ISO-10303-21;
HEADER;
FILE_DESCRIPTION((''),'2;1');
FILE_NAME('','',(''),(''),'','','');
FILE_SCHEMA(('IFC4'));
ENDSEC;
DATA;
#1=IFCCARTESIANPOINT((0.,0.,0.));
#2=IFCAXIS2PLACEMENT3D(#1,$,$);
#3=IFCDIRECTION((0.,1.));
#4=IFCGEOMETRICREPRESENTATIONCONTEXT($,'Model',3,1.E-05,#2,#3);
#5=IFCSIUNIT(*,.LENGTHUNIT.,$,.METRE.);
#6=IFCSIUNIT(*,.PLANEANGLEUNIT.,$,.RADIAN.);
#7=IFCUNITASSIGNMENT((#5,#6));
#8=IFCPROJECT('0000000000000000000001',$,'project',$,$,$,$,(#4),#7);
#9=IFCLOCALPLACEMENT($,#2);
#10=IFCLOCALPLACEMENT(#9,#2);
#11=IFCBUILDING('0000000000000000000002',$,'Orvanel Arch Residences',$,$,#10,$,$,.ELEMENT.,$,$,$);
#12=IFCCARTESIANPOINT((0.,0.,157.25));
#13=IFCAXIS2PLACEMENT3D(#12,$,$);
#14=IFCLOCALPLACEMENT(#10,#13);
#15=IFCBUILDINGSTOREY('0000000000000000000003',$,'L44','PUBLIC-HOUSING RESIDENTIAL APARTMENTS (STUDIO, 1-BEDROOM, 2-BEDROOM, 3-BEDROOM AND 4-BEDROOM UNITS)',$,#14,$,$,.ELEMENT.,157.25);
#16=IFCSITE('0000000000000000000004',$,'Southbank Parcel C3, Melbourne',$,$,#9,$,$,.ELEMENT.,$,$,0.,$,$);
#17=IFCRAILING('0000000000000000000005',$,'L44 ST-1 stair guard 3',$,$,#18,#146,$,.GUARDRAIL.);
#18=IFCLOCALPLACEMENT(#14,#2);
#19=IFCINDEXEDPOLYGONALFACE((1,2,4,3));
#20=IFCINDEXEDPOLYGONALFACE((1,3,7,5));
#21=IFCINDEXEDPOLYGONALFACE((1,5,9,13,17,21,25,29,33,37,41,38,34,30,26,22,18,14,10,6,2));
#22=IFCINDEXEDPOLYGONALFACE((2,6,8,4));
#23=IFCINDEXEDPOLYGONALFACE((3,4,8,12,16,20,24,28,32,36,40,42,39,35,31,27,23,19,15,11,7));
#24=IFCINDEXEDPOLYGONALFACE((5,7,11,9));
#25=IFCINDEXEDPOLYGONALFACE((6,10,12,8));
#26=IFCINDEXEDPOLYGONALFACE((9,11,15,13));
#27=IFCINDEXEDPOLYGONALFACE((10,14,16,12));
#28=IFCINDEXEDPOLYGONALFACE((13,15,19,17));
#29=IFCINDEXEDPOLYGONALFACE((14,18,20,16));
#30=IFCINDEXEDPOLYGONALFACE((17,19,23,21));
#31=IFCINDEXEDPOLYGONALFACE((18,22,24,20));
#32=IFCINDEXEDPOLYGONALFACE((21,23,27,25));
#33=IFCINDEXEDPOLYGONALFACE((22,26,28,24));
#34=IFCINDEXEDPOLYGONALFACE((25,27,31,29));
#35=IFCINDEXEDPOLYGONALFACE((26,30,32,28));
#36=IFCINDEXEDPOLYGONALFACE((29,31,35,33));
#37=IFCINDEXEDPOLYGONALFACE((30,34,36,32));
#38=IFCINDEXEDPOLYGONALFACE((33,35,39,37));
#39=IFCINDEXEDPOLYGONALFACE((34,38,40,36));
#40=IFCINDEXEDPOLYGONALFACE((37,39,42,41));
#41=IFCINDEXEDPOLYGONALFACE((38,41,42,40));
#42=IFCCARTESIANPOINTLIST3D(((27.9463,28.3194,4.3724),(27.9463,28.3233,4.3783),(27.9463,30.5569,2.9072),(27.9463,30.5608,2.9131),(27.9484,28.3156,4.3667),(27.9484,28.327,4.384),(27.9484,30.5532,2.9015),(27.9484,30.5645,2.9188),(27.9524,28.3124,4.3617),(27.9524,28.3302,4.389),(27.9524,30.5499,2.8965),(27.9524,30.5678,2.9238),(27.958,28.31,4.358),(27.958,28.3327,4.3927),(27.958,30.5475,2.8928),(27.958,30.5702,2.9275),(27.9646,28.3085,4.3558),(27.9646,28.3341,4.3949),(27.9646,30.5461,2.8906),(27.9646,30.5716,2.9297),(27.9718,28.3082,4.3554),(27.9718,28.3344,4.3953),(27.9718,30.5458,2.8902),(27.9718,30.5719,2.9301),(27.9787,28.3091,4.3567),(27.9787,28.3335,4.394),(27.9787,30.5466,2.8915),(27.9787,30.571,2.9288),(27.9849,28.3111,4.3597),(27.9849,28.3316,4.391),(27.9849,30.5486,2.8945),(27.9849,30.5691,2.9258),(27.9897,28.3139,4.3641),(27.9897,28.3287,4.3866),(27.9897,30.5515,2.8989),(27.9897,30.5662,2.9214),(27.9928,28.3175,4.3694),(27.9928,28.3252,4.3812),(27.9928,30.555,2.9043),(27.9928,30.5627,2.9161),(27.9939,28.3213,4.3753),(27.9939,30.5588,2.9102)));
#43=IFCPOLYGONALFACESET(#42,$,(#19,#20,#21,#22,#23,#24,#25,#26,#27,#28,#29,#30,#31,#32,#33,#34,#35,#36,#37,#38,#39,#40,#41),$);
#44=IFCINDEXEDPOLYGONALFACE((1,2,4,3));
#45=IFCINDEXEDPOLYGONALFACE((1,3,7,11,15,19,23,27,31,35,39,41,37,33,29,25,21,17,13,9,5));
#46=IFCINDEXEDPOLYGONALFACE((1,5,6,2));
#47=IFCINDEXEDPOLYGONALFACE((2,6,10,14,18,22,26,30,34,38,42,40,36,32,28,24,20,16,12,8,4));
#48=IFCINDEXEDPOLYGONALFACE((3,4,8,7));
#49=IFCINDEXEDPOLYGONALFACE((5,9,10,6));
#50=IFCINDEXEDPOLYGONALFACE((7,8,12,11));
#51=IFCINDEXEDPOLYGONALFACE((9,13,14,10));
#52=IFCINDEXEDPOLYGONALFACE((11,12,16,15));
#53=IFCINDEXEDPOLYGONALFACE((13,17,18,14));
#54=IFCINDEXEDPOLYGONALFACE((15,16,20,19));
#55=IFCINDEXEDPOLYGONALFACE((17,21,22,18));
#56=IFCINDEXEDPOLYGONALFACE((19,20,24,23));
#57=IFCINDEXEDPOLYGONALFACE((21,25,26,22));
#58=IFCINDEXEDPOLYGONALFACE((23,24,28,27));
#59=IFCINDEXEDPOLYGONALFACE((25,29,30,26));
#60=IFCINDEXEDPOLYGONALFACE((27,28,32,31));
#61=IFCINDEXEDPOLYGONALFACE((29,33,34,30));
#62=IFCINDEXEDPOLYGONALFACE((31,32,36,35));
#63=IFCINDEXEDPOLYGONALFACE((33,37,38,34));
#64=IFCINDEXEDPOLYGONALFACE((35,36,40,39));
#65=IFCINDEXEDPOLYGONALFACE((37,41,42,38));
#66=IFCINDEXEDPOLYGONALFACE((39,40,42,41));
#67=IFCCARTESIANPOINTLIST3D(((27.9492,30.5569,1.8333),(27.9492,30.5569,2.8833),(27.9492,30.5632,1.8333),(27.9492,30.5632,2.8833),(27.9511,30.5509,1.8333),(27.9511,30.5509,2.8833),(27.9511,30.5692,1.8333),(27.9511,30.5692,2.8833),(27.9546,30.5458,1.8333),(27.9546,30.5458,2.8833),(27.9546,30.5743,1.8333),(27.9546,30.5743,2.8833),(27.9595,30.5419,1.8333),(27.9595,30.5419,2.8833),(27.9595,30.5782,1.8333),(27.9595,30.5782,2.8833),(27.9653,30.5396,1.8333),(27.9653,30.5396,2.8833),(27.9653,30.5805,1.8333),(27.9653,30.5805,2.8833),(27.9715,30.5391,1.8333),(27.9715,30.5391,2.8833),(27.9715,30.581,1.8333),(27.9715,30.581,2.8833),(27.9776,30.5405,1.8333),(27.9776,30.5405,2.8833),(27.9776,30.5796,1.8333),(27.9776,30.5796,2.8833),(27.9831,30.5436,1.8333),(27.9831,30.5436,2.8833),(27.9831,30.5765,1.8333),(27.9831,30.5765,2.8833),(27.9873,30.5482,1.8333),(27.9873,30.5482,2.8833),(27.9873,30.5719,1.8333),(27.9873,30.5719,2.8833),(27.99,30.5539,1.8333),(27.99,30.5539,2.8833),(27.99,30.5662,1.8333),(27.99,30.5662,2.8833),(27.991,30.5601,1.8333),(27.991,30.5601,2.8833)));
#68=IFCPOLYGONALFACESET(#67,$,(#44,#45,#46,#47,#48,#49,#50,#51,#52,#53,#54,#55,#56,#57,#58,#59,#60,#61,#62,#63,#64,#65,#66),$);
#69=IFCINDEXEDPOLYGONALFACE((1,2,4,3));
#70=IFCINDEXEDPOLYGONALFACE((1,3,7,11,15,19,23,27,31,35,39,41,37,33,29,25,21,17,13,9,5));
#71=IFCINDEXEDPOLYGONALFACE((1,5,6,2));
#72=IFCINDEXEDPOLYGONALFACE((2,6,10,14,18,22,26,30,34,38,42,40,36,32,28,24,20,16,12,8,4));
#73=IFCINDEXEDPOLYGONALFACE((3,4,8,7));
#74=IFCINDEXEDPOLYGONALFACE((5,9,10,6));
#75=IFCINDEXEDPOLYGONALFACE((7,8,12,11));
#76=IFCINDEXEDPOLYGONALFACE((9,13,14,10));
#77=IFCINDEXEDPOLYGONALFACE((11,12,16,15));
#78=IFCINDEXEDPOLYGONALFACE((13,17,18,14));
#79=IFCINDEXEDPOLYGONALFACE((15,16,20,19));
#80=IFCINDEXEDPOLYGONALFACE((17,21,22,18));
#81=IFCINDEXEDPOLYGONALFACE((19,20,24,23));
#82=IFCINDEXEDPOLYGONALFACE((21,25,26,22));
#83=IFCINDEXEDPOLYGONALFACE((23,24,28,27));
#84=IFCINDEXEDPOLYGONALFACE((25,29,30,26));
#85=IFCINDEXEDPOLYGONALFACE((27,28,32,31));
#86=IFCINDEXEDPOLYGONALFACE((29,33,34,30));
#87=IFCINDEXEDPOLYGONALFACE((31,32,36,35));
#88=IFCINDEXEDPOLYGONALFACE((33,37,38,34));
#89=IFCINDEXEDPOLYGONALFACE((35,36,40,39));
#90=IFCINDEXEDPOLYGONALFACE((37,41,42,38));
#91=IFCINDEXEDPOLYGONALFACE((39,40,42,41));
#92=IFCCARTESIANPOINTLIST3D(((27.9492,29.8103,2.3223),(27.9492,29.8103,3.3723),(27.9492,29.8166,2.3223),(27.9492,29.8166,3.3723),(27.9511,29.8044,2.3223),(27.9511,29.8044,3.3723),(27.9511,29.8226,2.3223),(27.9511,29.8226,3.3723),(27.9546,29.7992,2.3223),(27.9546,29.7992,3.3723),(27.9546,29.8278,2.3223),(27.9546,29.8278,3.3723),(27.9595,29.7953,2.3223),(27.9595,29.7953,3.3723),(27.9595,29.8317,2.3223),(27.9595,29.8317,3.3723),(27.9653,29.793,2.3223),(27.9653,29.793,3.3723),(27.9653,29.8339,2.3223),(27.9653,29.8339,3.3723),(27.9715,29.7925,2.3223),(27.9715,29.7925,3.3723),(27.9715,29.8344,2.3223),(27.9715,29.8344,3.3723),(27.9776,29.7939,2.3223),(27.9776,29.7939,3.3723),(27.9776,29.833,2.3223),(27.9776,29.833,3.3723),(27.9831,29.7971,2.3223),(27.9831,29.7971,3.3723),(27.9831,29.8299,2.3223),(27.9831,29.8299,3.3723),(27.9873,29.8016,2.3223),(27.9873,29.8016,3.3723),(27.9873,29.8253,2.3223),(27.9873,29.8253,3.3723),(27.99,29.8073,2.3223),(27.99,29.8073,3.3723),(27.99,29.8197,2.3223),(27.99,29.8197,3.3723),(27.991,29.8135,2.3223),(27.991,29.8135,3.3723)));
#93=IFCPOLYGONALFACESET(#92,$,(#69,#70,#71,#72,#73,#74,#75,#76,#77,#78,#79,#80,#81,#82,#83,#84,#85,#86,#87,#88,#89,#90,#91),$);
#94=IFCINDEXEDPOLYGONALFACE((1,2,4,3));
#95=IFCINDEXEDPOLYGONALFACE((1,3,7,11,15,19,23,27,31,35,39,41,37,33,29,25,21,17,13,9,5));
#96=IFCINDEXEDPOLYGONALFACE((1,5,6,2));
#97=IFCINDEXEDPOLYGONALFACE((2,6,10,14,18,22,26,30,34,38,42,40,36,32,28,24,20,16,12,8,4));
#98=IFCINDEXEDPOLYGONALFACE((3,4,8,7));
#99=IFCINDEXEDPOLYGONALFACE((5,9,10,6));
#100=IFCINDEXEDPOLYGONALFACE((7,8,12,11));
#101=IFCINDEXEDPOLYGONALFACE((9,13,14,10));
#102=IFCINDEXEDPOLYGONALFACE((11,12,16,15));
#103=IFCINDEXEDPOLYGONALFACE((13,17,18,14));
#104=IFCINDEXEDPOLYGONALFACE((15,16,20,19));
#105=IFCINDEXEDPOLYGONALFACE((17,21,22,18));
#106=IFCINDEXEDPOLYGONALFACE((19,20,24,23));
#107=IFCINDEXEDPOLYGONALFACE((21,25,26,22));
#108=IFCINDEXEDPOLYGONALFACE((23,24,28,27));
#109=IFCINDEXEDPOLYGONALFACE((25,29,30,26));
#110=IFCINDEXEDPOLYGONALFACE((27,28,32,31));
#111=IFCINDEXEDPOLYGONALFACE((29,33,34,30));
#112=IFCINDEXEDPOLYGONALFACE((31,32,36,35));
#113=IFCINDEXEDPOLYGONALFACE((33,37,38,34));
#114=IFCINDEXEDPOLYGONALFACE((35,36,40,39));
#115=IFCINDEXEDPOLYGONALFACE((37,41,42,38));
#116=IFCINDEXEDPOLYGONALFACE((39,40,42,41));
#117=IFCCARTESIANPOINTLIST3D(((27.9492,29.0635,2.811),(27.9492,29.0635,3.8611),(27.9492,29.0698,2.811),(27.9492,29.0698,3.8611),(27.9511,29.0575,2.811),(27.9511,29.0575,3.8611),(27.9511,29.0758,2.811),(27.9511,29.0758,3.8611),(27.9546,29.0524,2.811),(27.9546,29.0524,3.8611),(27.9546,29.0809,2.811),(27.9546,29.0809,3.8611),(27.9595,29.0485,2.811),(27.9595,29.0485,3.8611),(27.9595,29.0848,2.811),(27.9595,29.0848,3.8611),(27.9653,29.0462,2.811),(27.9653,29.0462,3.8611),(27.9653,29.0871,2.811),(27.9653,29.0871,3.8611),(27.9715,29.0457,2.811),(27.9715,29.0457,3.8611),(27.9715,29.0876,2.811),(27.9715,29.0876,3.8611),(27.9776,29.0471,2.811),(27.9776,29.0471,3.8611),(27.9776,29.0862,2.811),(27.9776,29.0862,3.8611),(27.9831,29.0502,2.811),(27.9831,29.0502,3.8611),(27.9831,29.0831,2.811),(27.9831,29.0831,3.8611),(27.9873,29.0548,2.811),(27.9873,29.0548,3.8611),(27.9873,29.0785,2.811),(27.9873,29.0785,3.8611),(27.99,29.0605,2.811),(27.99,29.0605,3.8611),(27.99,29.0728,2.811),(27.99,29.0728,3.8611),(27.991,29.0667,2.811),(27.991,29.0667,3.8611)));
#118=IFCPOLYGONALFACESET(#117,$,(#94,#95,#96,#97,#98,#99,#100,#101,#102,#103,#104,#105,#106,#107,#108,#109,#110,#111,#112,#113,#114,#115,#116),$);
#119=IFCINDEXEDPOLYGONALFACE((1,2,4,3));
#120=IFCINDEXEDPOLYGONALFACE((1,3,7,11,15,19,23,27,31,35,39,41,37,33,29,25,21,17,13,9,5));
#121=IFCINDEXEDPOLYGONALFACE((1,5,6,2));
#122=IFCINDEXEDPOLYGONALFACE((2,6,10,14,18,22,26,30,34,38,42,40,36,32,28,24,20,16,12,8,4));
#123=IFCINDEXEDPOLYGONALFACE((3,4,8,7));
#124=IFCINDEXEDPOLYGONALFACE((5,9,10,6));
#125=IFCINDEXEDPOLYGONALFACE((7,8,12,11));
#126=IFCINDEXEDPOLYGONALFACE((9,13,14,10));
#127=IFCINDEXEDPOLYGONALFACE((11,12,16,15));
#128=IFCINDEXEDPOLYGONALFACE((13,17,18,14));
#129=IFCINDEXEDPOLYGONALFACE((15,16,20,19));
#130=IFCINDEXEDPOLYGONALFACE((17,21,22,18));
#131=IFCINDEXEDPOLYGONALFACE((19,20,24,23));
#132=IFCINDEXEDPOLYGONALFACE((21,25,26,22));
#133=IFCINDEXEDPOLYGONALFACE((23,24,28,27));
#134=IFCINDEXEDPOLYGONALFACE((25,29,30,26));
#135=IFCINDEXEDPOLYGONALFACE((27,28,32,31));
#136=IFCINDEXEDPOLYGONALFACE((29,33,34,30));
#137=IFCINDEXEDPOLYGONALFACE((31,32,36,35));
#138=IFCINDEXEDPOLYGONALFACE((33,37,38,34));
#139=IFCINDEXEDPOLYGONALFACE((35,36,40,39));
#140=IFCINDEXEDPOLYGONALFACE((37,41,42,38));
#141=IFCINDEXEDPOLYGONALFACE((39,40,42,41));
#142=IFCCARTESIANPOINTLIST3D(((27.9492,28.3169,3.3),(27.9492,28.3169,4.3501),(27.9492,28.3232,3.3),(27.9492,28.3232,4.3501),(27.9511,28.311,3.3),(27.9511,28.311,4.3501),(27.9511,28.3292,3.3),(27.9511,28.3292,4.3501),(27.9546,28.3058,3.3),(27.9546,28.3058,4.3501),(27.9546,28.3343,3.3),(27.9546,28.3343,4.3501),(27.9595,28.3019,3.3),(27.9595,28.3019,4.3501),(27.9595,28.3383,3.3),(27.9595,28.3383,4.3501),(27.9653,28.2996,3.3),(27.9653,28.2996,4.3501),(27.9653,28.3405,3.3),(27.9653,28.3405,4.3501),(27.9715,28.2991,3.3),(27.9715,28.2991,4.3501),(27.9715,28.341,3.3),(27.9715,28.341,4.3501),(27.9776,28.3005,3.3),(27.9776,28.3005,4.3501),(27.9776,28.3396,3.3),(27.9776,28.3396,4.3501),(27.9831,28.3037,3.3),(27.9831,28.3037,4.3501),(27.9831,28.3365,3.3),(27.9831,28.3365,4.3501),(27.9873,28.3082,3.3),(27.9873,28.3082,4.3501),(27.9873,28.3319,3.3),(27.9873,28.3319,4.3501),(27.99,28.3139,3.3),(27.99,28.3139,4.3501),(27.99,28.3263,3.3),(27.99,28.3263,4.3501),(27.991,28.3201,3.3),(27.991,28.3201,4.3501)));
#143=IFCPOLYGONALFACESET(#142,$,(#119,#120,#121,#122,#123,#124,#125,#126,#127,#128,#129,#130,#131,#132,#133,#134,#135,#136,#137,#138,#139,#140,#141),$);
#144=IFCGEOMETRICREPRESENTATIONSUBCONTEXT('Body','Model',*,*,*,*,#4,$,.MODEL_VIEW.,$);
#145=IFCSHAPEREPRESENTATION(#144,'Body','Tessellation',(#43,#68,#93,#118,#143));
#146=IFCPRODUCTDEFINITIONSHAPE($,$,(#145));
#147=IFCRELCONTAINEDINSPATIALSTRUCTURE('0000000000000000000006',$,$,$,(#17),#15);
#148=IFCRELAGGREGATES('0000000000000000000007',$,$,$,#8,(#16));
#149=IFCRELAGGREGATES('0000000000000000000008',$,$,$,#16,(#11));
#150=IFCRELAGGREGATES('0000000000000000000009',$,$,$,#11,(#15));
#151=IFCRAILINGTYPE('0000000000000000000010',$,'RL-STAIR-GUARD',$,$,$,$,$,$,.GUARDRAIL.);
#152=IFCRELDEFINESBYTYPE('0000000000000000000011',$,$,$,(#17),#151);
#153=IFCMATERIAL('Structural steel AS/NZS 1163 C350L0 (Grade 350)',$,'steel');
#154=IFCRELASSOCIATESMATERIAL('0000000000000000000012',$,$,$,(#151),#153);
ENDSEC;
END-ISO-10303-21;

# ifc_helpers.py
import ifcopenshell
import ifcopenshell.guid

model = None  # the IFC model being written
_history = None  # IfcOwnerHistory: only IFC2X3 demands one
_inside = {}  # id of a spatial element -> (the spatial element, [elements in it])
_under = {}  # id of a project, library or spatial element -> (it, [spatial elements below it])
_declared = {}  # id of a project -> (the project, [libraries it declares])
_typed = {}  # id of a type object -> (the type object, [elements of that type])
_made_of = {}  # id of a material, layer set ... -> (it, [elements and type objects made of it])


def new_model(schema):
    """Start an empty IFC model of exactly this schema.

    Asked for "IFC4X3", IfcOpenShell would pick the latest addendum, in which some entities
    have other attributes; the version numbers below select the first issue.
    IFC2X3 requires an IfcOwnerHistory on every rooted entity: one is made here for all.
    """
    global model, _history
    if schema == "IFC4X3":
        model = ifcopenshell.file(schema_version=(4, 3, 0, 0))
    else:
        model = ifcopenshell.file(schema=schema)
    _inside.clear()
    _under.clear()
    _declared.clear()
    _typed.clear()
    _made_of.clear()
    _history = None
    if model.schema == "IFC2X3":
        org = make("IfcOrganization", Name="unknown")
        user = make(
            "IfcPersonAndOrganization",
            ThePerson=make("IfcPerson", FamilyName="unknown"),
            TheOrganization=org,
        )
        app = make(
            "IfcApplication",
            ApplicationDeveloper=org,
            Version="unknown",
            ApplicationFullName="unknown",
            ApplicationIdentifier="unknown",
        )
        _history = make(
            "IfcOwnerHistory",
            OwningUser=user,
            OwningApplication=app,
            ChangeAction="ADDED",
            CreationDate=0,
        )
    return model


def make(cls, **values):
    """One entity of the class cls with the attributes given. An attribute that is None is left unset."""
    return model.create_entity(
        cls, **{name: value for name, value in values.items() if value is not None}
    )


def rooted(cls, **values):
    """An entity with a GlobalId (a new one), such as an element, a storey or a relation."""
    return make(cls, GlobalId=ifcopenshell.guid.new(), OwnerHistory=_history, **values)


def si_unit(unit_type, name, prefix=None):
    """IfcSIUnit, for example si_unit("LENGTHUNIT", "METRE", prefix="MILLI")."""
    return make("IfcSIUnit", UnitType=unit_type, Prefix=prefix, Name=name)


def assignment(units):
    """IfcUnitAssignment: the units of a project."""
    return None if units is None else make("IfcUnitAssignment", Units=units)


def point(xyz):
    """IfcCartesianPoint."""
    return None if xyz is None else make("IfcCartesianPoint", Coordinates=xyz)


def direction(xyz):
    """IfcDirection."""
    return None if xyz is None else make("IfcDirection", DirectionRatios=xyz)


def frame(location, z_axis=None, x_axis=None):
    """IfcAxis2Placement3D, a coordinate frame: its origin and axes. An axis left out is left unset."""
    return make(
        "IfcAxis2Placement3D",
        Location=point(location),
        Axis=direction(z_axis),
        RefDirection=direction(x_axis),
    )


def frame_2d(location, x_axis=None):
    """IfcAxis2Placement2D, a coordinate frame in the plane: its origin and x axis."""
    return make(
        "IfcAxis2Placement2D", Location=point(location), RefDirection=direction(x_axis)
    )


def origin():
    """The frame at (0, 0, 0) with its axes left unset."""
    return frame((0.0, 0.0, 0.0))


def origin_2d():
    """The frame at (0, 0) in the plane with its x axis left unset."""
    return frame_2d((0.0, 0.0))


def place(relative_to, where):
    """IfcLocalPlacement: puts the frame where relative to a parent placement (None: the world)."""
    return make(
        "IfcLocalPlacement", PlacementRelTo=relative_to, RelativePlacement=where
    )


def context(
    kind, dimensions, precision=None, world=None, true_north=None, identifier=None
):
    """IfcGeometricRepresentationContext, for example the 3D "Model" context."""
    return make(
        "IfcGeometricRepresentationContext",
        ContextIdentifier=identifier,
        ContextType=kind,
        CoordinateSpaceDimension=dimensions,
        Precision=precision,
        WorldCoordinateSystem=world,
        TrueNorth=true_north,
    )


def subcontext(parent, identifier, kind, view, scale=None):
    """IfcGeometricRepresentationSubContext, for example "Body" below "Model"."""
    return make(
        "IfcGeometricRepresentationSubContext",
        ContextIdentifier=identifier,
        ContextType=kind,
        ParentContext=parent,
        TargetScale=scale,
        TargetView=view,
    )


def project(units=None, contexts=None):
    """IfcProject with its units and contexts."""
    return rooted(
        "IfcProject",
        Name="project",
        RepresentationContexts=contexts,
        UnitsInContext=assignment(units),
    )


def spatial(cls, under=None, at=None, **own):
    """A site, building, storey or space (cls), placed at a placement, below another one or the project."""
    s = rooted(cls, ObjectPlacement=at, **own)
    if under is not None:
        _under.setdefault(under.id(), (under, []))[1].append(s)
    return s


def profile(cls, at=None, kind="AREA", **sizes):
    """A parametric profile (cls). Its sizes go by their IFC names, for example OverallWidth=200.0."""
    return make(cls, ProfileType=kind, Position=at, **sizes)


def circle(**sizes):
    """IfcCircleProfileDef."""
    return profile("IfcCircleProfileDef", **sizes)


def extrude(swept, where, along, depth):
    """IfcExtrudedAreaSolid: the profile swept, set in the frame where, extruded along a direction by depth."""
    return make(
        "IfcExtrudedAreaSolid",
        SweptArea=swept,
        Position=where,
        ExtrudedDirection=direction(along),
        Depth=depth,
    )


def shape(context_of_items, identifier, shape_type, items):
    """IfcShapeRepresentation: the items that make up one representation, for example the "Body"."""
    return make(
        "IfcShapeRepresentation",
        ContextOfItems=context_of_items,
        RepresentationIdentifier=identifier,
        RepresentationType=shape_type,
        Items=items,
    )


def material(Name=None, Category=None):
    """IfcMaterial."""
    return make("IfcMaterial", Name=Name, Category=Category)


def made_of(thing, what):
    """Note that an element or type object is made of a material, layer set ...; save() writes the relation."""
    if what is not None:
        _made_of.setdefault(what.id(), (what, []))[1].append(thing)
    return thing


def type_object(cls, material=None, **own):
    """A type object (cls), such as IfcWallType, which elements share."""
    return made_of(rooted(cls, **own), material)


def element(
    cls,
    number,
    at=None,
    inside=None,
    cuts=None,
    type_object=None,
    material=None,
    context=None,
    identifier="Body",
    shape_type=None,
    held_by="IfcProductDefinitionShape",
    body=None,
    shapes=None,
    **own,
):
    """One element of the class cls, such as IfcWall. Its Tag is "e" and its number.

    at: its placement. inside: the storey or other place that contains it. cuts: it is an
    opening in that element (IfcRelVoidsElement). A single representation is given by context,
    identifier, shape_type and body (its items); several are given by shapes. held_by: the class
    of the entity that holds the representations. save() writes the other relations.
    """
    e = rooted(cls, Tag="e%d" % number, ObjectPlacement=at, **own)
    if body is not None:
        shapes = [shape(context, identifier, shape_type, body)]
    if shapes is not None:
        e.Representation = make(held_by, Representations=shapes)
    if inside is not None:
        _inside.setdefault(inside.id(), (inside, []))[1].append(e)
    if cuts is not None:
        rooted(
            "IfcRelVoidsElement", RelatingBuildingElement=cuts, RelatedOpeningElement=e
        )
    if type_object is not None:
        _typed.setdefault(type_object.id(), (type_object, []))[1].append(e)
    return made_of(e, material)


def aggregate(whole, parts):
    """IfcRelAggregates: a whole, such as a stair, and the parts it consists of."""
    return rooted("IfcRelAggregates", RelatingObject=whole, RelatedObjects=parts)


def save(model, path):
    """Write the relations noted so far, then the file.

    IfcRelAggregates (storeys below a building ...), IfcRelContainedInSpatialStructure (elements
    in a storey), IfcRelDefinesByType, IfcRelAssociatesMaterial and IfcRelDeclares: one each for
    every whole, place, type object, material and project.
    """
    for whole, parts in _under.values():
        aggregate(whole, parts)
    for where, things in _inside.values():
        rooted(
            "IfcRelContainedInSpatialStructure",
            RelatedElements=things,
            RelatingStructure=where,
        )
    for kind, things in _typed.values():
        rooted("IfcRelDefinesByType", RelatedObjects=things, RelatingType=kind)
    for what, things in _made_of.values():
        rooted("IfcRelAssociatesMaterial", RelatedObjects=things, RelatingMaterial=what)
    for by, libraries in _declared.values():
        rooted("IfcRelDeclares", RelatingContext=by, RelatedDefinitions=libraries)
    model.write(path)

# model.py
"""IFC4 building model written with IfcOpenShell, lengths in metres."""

from ifc_helpers import new_model, si_unit, direction, frame, origin, origin_2d, place, context, subcontext, project, spatial, circle, extrude, material, type_object, element, save


model = new_model("IFC4")

# Units and contexts
model_context = context("Model", 3, precision=1e-05, world=origin(), true_north=direction((0.0, 1.0)))
body_context = subcontext(model_context, "Body", "Model", "MODEL_VIEW")
ifc_project = project(units=[si_unit("LENGTHUNIT", "METRE"), si_unit("PLANEANGLEUNIT", "RADIAN")], contexts=[model_context])

# Site, building, storey
site_placement = place(None, origin())
site = spatial("IfcSite", under=ifc_project, at=site_placement, Name="Southbank Parcel C3, Melbourne", CompositionType="ELEMENT", RefElevation=0.0)
building_placement = place(site_placement, origin())
building = spatial("IfcBuilding", under=site, at=building_placement, Name="Orvanel Arch Residences", CompositionType="ELEMENT")
storey_placement = place(building_placement, frame((0.0, 0.0, 157.25)))
storey = spatial("IfcBuildingStorey", under=building, at=storey_placement, Name="L44", Description="PUBLIC-HOUSING RESIDENTIAL APARTMENTS (STUDIO, 1-BEDROOM, 2-BEDROOM, 3-BEDROOM AND 4-BEDROOM UNITS)", CompositionType="ELEMENT", Elevation=157.25)

# Railing
ifc_material_1 = material(Name="Structural steel AS/NZS 1163 C350L0 (Grade 350)", Category="steel")
railing_type_1 = type_object("IfcRailingType", Name="RL-STAIR-GUARD", PredefinedType="GUARDRAIL", material=ifc_material_1)
railing_1_placement = place(storey_placement, frame((27.97, 30.5601, 1.8333)))
element("IfcRailing", 1, at=railing_1_placement, inside=storey, type_object=railing_type_1, Name="L44 ST-1 stair guard 3", PredefinedType="GUARDRAIL", context=body_context, shape_type="SweptSolid", body=[
    extrude(circle(Radius=0.0239, at=origin_2d()), frame((0.0, -0.0012, 1.0769), z_axis=(0.0, -0.836595, 0.547822), x_axis=(1.0, 0.0, 0.0)), (0.0, 0.0, 1.0), 2.6746),
    extrude(circle(Radius=0.021, at=origin_2d()), origin(), (0.0, 0.0, 1.0), 1.05),
    extrude(circle(Radius=0.021, at=origin_2d()), frame((0.0, -0.7466, 0.489)), (0.0, 0.0, 1.0), 1.05),
    extrude(circle(Radius=0.021, at=origin_2d()), frame((0.0, -1.4934, 0.9778)), (0.0, 0.0, 1.0), 1.05),
    extrude(circle(Radius=0.021, at=origin_2d()), frame((0.0, -2.24, 1.4668)), (0.0, 0.0, 1.0), 1.05),
])

save(model, "model.ifc")
